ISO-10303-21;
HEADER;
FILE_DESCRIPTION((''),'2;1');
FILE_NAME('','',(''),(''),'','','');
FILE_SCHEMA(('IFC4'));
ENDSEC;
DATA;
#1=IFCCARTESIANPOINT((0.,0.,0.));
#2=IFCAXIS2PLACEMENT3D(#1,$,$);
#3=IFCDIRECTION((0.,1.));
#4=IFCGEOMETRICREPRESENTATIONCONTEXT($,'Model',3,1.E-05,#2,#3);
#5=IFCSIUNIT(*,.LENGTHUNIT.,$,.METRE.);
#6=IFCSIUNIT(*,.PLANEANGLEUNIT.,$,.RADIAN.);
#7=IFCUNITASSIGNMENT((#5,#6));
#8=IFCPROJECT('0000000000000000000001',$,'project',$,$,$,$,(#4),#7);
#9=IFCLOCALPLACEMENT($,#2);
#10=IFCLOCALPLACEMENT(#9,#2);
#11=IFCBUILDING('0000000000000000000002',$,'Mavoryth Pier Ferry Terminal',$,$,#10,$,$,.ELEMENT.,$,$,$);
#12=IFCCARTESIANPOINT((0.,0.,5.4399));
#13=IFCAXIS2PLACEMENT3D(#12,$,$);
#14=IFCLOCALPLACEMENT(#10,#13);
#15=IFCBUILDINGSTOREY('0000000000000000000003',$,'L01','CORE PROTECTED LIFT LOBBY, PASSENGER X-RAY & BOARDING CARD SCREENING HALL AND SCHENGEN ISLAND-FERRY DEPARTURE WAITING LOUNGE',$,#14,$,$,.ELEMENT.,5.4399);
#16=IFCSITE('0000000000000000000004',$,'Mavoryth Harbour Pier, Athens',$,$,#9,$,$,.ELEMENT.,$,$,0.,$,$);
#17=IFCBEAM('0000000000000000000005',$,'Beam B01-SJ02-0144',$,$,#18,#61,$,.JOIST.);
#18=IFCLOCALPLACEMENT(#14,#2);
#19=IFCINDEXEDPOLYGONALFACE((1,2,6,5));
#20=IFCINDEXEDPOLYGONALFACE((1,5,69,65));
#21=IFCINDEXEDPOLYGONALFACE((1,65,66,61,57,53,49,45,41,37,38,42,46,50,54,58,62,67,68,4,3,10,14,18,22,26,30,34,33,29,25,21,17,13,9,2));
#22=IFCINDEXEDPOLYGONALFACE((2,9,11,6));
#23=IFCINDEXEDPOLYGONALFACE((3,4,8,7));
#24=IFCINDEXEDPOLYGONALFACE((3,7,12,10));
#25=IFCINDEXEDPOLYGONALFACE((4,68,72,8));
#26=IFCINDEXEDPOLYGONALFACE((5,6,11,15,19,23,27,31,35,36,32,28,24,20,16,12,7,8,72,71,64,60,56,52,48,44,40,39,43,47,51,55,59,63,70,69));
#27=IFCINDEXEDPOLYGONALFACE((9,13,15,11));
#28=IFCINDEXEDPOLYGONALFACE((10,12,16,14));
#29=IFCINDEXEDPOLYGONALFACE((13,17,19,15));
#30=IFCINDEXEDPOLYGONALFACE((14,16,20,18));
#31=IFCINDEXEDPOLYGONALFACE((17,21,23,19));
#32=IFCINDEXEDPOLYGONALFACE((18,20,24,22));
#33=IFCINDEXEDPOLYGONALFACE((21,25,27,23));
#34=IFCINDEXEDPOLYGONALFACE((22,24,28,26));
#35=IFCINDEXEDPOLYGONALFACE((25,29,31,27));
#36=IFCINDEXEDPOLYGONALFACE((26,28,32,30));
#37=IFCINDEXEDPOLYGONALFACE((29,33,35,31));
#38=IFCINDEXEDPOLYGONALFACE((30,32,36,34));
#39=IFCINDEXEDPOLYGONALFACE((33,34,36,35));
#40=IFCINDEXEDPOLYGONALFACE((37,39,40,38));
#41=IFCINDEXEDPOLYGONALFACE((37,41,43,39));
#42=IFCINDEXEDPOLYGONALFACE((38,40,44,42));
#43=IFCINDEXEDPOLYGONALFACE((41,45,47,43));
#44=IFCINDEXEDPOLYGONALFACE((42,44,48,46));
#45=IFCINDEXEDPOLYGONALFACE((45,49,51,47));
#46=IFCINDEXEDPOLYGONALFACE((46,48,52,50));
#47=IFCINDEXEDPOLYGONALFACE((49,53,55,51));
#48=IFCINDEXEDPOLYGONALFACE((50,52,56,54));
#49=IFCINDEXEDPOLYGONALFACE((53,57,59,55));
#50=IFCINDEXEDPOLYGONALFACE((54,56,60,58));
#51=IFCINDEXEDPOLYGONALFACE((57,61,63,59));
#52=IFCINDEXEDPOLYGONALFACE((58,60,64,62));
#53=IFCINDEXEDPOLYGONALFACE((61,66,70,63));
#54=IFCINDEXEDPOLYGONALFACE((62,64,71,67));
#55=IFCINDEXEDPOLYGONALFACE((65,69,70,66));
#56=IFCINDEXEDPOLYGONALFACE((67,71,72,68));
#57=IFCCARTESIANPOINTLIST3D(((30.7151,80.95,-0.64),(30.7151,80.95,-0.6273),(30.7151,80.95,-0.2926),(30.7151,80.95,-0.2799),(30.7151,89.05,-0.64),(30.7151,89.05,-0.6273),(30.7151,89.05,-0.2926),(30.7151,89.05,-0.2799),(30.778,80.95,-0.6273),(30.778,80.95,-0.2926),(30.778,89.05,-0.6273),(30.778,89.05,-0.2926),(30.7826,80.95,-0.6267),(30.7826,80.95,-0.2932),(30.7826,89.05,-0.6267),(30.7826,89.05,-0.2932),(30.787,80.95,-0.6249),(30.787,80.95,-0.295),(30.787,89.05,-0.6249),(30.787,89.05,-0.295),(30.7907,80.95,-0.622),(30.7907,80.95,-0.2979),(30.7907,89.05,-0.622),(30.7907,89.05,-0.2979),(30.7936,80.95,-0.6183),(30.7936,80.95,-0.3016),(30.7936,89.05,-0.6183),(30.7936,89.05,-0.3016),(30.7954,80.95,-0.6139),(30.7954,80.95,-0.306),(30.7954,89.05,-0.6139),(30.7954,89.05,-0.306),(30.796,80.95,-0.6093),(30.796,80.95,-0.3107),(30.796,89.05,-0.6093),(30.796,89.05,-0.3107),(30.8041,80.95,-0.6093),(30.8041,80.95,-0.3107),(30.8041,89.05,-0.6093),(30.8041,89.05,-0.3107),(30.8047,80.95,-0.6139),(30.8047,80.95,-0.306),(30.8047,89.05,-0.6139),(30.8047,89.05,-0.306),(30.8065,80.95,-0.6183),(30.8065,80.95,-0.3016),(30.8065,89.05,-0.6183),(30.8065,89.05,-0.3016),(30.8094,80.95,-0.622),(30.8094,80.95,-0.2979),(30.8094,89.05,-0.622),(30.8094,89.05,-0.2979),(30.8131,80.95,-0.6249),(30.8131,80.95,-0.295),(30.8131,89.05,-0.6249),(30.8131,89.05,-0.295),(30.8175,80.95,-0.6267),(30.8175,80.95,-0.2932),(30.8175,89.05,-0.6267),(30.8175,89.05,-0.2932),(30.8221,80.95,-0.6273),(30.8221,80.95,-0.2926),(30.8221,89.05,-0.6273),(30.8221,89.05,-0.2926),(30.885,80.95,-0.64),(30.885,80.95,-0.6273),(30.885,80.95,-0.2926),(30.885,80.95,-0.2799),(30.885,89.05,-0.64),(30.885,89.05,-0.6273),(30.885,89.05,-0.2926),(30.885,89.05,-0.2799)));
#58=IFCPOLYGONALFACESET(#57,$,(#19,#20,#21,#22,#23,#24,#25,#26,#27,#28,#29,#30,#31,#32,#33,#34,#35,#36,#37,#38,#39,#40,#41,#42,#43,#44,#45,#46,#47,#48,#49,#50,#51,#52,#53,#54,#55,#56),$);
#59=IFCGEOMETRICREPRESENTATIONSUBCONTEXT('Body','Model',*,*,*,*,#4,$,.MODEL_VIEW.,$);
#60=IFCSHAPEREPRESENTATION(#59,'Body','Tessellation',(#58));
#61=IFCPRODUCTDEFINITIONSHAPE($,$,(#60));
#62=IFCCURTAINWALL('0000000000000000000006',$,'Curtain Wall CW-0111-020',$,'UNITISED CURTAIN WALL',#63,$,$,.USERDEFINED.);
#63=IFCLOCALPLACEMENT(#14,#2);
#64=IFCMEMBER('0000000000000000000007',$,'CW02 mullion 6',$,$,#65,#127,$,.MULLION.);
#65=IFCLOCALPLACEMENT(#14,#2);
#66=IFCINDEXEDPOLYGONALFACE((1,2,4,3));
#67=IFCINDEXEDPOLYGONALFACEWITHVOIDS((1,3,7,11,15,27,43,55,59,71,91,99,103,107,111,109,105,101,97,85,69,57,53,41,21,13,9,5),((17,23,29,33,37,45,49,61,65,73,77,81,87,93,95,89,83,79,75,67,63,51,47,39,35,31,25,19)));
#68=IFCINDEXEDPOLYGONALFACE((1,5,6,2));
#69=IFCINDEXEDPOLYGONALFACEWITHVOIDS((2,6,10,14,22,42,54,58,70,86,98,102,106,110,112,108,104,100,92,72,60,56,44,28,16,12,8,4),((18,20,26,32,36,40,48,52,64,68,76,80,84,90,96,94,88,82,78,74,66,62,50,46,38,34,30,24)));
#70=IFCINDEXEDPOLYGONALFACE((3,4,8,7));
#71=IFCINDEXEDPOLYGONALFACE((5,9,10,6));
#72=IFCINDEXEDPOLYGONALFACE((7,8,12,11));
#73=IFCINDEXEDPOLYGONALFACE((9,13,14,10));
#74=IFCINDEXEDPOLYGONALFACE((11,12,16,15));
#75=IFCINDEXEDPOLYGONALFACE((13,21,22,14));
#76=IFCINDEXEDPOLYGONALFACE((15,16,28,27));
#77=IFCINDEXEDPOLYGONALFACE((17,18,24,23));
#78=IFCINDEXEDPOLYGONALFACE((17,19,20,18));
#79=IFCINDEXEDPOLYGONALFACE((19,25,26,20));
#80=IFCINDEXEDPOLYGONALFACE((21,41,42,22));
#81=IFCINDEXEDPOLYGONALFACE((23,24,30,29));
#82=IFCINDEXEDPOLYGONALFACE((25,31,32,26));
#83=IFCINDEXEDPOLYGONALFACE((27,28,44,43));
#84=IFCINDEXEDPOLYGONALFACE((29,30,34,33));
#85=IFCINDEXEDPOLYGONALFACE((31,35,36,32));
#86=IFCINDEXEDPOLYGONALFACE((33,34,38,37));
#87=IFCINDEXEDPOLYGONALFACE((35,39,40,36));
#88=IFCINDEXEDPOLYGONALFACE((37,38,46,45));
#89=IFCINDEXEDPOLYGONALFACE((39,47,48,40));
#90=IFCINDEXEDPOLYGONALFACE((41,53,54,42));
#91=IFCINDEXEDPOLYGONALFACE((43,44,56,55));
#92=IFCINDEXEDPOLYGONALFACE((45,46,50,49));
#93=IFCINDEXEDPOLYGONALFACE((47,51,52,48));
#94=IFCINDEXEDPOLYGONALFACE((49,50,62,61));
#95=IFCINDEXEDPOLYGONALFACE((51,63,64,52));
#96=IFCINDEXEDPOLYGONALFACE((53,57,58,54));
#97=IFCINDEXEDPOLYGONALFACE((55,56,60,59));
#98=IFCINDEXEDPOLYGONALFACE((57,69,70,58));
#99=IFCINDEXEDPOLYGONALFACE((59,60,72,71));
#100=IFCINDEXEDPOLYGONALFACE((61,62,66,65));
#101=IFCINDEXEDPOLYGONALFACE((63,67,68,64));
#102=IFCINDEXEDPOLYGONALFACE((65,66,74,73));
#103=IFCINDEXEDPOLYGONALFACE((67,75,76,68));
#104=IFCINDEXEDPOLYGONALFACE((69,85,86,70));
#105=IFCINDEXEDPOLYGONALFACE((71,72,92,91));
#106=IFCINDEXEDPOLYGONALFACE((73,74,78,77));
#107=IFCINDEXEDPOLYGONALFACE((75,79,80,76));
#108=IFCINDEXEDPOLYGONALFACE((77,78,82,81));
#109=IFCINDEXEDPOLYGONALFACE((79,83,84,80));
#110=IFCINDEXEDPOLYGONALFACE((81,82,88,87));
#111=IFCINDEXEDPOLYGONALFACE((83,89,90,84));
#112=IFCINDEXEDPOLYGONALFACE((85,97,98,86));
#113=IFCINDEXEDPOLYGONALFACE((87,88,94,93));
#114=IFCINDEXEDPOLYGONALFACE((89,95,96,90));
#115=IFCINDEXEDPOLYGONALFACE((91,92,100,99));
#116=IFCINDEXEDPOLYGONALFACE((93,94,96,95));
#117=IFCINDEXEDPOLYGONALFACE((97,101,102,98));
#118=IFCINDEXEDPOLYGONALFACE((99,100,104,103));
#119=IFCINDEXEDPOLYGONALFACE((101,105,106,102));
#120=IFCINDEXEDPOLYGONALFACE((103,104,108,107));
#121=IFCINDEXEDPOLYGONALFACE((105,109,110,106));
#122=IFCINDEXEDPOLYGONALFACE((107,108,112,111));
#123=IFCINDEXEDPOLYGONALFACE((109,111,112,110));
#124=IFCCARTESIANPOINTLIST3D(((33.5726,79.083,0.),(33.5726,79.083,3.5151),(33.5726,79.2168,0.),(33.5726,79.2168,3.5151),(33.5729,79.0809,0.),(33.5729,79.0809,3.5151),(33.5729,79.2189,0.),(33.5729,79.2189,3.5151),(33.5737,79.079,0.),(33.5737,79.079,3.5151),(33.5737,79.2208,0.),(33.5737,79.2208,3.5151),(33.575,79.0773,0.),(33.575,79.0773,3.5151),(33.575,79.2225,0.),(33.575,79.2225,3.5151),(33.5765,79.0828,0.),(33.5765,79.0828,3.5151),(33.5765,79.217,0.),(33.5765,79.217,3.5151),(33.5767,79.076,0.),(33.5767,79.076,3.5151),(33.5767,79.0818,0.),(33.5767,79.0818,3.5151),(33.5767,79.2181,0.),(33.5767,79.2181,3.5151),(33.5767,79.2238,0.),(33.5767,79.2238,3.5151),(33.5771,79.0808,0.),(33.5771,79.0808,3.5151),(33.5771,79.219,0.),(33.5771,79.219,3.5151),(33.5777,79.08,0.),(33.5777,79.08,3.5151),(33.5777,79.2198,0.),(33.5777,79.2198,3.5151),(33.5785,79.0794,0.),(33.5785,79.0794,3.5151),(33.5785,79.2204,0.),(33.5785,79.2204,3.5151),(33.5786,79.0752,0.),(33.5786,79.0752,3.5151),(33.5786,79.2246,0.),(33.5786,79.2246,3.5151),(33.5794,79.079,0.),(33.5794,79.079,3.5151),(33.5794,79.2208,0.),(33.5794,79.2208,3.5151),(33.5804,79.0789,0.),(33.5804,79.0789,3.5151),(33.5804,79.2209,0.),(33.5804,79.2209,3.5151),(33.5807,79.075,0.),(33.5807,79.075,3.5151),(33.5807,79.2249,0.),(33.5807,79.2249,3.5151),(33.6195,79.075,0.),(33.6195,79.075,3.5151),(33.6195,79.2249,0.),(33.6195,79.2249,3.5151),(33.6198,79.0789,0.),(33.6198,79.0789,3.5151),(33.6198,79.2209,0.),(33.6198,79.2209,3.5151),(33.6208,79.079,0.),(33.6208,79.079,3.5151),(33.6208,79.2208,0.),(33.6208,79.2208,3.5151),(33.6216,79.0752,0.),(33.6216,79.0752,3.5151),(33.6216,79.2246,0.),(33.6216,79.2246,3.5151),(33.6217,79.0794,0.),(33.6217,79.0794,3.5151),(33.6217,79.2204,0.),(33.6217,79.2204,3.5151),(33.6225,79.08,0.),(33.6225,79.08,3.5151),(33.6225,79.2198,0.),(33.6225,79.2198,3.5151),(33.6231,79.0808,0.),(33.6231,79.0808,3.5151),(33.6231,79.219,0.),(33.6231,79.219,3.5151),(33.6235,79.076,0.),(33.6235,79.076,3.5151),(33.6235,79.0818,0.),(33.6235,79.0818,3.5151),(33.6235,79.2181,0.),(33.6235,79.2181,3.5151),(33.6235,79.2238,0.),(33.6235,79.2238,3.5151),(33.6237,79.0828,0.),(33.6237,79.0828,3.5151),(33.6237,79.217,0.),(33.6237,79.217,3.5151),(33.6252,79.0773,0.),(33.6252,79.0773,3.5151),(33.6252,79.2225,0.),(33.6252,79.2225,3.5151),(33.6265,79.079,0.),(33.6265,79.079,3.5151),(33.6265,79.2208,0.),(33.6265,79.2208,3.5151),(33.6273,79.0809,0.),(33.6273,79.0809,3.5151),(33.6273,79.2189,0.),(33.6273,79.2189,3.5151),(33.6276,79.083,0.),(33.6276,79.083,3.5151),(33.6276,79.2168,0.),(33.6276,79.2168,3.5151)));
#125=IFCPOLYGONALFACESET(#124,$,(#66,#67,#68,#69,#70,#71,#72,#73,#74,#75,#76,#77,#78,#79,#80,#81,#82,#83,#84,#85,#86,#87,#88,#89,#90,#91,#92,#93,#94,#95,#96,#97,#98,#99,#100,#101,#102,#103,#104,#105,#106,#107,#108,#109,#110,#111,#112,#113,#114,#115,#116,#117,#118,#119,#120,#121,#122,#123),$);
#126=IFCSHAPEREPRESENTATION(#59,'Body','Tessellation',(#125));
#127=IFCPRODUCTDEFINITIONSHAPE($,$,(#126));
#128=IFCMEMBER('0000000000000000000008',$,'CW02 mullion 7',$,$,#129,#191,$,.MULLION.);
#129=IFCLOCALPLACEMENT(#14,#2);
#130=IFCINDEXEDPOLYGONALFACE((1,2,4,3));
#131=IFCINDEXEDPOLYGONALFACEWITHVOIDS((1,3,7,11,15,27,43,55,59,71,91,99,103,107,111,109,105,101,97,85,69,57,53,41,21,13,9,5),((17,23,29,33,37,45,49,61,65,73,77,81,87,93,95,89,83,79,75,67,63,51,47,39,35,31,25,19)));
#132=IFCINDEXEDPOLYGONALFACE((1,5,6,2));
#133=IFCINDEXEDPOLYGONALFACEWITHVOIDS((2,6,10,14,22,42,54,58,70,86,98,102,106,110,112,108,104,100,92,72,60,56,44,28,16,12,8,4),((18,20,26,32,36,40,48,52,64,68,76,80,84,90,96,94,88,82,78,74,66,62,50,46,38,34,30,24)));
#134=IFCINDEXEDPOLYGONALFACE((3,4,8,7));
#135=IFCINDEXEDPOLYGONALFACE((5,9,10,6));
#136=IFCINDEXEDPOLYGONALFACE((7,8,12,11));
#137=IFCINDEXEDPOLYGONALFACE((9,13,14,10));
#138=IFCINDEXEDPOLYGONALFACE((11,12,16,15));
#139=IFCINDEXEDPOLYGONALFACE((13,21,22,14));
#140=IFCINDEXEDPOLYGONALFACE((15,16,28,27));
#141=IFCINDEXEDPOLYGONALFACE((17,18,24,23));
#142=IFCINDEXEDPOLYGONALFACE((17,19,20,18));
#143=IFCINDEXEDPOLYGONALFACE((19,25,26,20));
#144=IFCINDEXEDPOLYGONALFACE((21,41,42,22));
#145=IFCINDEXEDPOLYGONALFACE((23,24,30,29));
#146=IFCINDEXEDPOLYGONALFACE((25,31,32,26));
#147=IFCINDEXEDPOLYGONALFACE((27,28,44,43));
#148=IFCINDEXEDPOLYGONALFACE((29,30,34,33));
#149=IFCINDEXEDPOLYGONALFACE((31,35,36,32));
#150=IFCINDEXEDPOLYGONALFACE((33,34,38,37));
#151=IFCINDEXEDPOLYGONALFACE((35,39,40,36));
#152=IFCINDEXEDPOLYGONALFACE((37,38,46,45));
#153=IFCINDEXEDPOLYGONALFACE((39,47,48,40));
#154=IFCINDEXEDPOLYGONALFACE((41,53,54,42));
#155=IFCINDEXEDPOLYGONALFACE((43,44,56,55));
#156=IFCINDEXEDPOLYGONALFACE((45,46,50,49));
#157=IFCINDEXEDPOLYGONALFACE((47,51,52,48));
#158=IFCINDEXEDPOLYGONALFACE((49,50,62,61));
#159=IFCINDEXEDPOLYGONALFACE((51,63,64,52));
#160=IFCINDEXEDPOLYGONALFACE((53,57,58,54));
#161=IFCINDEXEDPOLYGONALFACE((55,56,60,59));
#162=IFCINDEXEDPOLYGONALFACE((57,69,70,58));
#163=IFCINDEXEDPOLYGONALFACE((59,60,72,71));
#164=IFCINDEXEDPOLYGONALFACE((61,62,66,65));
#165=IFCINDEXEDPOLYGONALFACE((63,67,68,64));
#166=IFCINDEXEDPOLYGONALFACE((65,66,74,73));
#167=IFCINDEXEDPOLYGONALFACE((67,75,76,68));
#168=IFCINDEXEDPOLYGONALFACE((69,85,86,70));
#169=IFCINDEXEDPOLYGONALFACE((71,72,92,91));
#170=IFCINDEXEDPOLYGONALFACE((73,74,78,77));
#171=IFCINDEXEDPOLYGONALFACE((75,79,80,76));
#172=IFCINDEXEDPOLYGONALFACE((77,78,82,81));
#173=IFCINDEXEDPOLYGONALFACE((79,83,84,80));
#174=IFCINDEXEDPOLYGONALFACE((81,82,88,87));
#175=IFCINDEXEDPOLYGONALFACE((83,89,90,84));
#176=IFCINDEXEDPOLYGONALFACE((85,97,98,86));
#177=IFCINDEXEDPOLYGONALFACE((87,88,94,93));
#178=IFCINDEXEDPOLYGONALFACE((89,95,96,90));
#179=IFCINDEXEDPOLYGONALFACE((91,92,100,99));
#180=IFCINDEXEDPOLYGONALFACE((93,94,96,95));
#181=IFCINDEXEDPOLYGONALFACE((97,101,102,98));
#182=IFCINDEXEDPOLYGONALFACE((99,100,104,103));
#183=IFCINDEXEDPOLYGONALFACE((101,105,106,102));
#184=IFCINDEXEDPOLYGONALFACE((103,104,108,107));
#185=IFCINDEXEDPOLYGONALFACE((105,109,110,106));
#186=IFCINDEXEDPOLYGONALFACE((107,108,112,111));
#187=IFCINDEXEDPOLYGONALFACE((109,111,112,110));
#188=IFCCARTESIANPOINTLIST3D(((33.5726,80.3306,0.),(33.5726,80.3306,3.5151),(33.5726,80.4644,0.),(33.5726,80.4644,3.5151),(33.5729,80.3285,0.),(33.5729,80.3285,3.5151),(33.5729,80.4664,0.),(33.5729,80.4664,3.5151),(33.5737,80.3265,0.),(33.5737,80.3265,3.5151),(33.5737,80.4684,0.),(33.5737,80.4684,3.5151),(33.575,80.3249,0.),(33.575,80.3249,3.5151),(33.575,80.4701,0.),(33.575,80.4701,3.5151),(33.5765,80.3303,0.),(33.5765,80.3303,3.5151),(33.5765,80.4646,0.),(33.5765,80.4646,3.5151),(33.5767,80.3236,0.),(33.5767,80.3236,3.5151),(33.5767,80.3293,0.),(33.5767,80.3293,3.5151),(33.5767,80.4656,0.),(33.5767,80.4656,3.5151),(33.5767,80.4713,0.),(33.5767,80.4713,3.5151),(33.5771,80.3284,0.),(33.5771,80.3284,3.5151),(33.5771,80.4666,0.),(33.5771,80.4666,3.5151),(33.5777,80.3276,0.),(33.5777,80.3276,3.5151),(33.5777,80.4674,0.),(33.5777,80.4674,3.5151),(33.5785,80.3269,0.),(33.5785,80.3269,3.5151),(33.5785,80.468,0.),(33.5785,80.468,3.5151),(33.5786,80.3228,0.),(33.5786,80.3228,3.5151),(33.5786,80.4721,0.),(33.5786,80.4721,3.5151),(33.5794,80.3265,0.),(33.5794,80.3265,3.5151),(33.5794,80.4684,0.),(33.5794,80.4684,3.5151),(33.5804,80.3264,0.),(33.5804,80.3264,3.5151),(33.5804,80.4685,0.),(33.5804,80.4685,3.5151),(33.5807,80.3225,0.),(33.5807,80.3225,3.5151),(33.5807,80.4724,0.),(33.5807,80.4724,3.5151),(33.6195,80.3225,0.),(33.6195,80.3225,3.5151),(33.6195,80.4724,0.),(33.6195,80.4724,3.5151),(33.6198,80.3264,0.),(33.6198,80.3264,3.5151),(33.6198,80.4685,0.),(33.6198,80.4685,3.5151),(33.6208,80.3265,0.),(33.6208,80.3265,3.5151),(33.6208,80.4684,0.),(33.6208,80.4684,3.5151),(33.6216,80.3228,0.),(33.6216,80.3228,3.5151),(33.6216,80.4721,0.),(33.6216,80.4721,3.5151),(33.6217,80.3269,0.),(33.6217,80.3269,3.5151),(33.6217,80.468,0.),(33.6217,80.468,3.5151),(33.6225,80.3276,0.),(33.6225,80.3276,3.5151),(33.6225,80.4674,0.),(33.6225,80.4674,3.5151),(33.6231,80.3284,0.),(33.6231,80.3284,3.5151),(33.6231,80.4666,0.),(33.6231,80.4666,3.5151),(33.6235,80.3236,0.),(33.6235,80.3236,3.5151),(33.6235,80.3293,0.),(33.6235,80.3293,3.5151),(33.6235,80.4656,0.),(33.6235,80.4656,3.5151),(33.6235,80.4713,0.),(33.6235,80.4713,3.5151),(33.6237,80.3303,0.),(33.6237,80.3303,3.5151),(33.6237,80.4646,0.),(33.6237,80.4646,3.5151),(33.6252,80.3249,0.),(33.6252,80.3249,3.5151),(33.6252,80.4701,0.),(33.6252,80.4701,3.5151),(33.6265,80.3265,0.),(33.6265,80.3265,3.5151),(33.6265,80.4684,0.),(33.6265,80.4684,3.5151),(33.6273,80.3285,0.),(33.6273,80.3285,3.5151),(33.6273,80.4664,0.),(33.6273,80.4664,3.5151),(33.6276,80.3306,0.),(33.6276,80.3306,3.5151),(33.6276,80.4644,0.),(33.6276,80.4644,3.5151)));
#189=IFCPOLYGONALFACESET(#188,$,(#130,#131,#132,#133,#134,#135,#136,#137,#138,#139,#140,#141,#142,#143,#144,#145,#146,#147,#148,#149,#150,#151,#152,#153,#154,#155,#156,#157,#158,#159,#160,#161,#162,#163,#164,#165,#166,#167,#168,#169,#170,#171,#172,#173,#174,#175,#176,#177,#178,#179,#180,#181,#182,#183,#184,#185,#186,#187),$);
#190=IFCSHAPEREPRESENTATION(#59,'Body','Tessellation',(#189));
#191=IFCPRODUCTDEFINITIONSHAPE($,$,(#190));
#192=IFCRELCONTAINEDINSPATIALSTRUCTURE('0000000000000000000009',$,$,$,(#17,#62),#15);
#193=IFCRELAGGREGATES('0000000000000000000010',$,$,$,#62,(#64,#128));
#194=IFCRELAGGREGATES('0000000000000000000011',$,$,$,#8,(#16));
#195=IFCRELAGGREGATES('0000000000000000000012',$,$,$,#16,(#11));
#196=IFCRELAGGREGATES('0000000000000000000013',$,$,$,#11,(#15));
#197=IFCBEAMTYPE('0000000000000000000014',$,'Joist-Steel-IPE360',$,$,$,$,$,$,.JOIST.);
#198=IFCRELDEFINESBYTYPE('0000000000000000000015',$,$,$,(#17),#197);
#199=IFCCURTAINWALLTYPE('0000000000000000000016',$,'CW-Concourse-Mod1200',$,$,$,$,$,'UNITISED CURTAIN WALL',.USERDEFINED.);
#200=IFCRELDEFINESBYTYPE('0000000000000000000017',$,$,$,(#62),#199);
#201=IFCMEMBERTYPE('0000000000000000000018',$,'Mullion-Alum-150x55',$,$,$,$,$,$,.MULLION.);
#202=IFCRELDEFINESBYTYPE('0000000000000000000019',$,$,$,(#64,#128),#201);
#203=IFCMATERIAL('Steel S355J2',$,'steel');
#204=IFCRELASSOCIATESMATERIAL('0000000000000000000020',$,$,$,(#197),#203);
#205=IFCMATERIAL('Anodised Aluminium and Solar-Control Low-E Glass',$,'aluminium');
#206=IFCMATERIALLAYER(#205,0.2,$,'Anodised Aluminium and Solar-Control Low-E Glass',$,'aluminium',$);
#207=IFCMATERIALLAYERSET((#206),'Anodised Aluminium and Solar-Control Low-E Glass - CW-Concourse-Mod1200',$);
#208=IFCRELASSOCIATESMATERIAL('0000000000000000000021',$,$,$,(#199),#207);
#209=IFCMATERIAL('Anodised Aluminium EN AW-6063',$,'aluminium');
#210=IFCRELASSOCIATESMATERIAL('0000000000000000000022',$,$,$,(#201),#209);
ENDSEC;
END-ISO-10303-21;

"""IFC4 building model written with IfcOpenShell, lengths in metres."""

from ifc_helpers import new_model, si_unit, direction, frame, origin, origin_2d, place, context, subcontext, project, spatial, hollow_rectangle, i_section, extrude, material, layer, layer_set, material_profile, profile_set, type_object, element, aggregate, save


model = new_model("IFC4")

# Units and contexts
model_context = context("Model", 3, precision=1e-05, world=origin(), true_north=direction((0.0, 1.0)))
body_context = subcontext(model_context, "Body", "Model", "MODEL_VIEW")
ifc_project = project(units=[si_unit("LENGTHUNIT", "METRE"), si_unit("PLANEANGLEUNIT", "RADIAN")], contexts=[model_context])

# Site, building, storey
site_placement = place(None, origin())
site = spatial("IfcSite", under=ifc_project, at=site_placement, Name="Mavoryth Harbour Pier, Athens", CompositionType="ELEMENT", RefElevation=0.0)
building_placement = place(site_placement, origin())
building = spatial("IfcBuilding", under=site, at=building_placement, Name="Mavoryth Pier Ferry Terminal", CompositionType="ELEMENT")
storey_placement = place(building_placement, frame((0.0, 0.0, 5.4399)))
storey = spatial("IfcBuildingStorey", under=building, at=storey_placement, Name="L01", Description="CORE PROTECTED LIFT LOBBY, PASSENGER X-RAY & BOARDING CARD SCREENING HALL AND SCHENGEN ISLAND-FERRY DEPARTURE WAITING LOUNGE", CompositionType="ELEMENT", Elevation=5.4399)

# Shared definitions
ifc_material_1 = material(Name="Steel S355J2", Category="steel")

# Beam
ifc_material_profile_1 = material_profile(ifc_material_1, i_section(OverallWidth=0.1699, OverallDepth=0.3601, WebThickness=0.0081, FlangeThickness=0.0127, FilletRadius=0.0181, at=origin_2d()), Name="IPE 360", Category="steel")
ifc_profile_set_1 = profile_set([ifc_material_profile_1], Name="Steel S355J2 - IPE 360")
beam_type_1 = type_object("IfcBeamType", Name="Joist-Steel-IPE360", PredefinedType="JOIST", material=ifc_profile_set_1)
for number, where, z_axis, x_axis, name in (
    (1, (30.8, 80.95, -0.46), (0.0, 1.0, 0.0), (-1.0, 0.0, 0.0), "Beam B01-SJ02-0144"),
):
    element("IfcBeam", number, at=place(storey_placement, frame(where, z_axis=z_axis, x_axis=x_axis)), inside=storey, type_object=beam_type_1, Name=name, PredefinedType="JOIST", context=body_context, shape_type="SweptSolid", body=[
        extrude(i_section(OverallWidth=0.1699, OverallDepth=0.3601, WebThickness=0.0081, FlangeThickness=0.0127, FilletRadius=0.0181, at=origin_2d()), origin(), (0.0, 0.0, 1.0), 8.1001),
    ])

# Curtain wall, members
ifc_material_2 = material(Name="Anodised Aluminium and Solar-Control Low-E Glass", Category="aluminium")
ifc_layer_1 = layer(ifc_material_2, 0.2, Name="Anodised Aluminium and Solar-Control Low-E Glass", Category="aluminium")
ifc_layer_set_1 = layer_set([ifc_layer_1], Name="Anodised Aluminium and Solar-Control Low-E Glass - CW-Concourse-Mod1200")
curtain_wall_type = type_object("IfcCurtainWallType", Name="CW-Concourse-Mod1200", ElementType="UNITISED CURTAIN WALL", PredefinedType="USERDEFINED", material=ifc_layer_set_1)
curtain_wall_placement = place(storey_placement, origin())
curtain_wall = element("IfcCurtainWall", 2, at=curtain_wall_placement, inside=storey, type_object=curtain_wall_type, Name="Curtain Wall CW-0111-020", ObjectType="UNITISED CURTAIN WALL", PredefinedType="USERDEFINED")
ifc_material_3 = material(Name="Anodised Aluminium EN AW-6063", Category="aluminium")
ifc_material_profile_2 = material_profile(ifc_material_3, hollow_rectangle(XDim=0.0549, YDim=0.1499, WallThickness=0.0039, InnerFilletRadius=0.0039, OuterFilletRadius=0.0081, at=origin_2d()), Name="AL-MULL 150x55x4", Category="aluminium")
ifc_profile_set_2 = profile_set([ifc_material_profile_2], Name="Anodised Aluminium EN AW-6063 - AL-MULL 150x55x4")
member_type_1 = type_object("IfcMemberType", Name="Mullion-Alum-150x55", PredefinedType="MULLION", material=ifc_profile_set_2)
member_1_placement = place(storey_placement, frame((33.6001, 79.1499, 0.0), z_axis=(0.0, 0.0, 1.0), x_axis=(-1.0, 0.0, 0.0)))
member_1 = element("IfcMember", 3, at=member_1_placement, type_object=member_type_1, Name="CW02 mullion 6", PredefinedType="MULLION", context=body_context, shape_type="SweptSolid", body=[
    extrude(hollow_rectangle(XDim=0.0549, YDim=0.1499, WallThickness=0.0039, InnerFilletRadius=0.0039, OuterFilletRadius=0.0081, at=origin_2d()), origin(), (0.0, 0.0, 1.0), 3.5151),
])
member_2_placement = place(storey_placement, frame((33.6001, 80.3975, 0.0), z_axis=(0.0, 0.0, 1.0), x_axis=(-1.0, 0.0, 0.0)))
member_2 = element("IfcMember", 4, at=member_2_placement, type_object=member_type_1, Name="CW02 mullion 7", PredefinedType="MULLION", context=body_context, shape_type="SweptSolid", body=[
    extrude(hollow_rectangle(XDim=0.0549, YDim=0.1499, WallThickness=0.0039, InnerFilletRadius=0.0039, OuterFilletRadius=0.0081, at=origin_2d()), origin(), (0.0, 0.0, 1.0), 3.5151),
])
aggregate(curtain_wall, [member_1, member_2])

save(model, "model.ifc")
